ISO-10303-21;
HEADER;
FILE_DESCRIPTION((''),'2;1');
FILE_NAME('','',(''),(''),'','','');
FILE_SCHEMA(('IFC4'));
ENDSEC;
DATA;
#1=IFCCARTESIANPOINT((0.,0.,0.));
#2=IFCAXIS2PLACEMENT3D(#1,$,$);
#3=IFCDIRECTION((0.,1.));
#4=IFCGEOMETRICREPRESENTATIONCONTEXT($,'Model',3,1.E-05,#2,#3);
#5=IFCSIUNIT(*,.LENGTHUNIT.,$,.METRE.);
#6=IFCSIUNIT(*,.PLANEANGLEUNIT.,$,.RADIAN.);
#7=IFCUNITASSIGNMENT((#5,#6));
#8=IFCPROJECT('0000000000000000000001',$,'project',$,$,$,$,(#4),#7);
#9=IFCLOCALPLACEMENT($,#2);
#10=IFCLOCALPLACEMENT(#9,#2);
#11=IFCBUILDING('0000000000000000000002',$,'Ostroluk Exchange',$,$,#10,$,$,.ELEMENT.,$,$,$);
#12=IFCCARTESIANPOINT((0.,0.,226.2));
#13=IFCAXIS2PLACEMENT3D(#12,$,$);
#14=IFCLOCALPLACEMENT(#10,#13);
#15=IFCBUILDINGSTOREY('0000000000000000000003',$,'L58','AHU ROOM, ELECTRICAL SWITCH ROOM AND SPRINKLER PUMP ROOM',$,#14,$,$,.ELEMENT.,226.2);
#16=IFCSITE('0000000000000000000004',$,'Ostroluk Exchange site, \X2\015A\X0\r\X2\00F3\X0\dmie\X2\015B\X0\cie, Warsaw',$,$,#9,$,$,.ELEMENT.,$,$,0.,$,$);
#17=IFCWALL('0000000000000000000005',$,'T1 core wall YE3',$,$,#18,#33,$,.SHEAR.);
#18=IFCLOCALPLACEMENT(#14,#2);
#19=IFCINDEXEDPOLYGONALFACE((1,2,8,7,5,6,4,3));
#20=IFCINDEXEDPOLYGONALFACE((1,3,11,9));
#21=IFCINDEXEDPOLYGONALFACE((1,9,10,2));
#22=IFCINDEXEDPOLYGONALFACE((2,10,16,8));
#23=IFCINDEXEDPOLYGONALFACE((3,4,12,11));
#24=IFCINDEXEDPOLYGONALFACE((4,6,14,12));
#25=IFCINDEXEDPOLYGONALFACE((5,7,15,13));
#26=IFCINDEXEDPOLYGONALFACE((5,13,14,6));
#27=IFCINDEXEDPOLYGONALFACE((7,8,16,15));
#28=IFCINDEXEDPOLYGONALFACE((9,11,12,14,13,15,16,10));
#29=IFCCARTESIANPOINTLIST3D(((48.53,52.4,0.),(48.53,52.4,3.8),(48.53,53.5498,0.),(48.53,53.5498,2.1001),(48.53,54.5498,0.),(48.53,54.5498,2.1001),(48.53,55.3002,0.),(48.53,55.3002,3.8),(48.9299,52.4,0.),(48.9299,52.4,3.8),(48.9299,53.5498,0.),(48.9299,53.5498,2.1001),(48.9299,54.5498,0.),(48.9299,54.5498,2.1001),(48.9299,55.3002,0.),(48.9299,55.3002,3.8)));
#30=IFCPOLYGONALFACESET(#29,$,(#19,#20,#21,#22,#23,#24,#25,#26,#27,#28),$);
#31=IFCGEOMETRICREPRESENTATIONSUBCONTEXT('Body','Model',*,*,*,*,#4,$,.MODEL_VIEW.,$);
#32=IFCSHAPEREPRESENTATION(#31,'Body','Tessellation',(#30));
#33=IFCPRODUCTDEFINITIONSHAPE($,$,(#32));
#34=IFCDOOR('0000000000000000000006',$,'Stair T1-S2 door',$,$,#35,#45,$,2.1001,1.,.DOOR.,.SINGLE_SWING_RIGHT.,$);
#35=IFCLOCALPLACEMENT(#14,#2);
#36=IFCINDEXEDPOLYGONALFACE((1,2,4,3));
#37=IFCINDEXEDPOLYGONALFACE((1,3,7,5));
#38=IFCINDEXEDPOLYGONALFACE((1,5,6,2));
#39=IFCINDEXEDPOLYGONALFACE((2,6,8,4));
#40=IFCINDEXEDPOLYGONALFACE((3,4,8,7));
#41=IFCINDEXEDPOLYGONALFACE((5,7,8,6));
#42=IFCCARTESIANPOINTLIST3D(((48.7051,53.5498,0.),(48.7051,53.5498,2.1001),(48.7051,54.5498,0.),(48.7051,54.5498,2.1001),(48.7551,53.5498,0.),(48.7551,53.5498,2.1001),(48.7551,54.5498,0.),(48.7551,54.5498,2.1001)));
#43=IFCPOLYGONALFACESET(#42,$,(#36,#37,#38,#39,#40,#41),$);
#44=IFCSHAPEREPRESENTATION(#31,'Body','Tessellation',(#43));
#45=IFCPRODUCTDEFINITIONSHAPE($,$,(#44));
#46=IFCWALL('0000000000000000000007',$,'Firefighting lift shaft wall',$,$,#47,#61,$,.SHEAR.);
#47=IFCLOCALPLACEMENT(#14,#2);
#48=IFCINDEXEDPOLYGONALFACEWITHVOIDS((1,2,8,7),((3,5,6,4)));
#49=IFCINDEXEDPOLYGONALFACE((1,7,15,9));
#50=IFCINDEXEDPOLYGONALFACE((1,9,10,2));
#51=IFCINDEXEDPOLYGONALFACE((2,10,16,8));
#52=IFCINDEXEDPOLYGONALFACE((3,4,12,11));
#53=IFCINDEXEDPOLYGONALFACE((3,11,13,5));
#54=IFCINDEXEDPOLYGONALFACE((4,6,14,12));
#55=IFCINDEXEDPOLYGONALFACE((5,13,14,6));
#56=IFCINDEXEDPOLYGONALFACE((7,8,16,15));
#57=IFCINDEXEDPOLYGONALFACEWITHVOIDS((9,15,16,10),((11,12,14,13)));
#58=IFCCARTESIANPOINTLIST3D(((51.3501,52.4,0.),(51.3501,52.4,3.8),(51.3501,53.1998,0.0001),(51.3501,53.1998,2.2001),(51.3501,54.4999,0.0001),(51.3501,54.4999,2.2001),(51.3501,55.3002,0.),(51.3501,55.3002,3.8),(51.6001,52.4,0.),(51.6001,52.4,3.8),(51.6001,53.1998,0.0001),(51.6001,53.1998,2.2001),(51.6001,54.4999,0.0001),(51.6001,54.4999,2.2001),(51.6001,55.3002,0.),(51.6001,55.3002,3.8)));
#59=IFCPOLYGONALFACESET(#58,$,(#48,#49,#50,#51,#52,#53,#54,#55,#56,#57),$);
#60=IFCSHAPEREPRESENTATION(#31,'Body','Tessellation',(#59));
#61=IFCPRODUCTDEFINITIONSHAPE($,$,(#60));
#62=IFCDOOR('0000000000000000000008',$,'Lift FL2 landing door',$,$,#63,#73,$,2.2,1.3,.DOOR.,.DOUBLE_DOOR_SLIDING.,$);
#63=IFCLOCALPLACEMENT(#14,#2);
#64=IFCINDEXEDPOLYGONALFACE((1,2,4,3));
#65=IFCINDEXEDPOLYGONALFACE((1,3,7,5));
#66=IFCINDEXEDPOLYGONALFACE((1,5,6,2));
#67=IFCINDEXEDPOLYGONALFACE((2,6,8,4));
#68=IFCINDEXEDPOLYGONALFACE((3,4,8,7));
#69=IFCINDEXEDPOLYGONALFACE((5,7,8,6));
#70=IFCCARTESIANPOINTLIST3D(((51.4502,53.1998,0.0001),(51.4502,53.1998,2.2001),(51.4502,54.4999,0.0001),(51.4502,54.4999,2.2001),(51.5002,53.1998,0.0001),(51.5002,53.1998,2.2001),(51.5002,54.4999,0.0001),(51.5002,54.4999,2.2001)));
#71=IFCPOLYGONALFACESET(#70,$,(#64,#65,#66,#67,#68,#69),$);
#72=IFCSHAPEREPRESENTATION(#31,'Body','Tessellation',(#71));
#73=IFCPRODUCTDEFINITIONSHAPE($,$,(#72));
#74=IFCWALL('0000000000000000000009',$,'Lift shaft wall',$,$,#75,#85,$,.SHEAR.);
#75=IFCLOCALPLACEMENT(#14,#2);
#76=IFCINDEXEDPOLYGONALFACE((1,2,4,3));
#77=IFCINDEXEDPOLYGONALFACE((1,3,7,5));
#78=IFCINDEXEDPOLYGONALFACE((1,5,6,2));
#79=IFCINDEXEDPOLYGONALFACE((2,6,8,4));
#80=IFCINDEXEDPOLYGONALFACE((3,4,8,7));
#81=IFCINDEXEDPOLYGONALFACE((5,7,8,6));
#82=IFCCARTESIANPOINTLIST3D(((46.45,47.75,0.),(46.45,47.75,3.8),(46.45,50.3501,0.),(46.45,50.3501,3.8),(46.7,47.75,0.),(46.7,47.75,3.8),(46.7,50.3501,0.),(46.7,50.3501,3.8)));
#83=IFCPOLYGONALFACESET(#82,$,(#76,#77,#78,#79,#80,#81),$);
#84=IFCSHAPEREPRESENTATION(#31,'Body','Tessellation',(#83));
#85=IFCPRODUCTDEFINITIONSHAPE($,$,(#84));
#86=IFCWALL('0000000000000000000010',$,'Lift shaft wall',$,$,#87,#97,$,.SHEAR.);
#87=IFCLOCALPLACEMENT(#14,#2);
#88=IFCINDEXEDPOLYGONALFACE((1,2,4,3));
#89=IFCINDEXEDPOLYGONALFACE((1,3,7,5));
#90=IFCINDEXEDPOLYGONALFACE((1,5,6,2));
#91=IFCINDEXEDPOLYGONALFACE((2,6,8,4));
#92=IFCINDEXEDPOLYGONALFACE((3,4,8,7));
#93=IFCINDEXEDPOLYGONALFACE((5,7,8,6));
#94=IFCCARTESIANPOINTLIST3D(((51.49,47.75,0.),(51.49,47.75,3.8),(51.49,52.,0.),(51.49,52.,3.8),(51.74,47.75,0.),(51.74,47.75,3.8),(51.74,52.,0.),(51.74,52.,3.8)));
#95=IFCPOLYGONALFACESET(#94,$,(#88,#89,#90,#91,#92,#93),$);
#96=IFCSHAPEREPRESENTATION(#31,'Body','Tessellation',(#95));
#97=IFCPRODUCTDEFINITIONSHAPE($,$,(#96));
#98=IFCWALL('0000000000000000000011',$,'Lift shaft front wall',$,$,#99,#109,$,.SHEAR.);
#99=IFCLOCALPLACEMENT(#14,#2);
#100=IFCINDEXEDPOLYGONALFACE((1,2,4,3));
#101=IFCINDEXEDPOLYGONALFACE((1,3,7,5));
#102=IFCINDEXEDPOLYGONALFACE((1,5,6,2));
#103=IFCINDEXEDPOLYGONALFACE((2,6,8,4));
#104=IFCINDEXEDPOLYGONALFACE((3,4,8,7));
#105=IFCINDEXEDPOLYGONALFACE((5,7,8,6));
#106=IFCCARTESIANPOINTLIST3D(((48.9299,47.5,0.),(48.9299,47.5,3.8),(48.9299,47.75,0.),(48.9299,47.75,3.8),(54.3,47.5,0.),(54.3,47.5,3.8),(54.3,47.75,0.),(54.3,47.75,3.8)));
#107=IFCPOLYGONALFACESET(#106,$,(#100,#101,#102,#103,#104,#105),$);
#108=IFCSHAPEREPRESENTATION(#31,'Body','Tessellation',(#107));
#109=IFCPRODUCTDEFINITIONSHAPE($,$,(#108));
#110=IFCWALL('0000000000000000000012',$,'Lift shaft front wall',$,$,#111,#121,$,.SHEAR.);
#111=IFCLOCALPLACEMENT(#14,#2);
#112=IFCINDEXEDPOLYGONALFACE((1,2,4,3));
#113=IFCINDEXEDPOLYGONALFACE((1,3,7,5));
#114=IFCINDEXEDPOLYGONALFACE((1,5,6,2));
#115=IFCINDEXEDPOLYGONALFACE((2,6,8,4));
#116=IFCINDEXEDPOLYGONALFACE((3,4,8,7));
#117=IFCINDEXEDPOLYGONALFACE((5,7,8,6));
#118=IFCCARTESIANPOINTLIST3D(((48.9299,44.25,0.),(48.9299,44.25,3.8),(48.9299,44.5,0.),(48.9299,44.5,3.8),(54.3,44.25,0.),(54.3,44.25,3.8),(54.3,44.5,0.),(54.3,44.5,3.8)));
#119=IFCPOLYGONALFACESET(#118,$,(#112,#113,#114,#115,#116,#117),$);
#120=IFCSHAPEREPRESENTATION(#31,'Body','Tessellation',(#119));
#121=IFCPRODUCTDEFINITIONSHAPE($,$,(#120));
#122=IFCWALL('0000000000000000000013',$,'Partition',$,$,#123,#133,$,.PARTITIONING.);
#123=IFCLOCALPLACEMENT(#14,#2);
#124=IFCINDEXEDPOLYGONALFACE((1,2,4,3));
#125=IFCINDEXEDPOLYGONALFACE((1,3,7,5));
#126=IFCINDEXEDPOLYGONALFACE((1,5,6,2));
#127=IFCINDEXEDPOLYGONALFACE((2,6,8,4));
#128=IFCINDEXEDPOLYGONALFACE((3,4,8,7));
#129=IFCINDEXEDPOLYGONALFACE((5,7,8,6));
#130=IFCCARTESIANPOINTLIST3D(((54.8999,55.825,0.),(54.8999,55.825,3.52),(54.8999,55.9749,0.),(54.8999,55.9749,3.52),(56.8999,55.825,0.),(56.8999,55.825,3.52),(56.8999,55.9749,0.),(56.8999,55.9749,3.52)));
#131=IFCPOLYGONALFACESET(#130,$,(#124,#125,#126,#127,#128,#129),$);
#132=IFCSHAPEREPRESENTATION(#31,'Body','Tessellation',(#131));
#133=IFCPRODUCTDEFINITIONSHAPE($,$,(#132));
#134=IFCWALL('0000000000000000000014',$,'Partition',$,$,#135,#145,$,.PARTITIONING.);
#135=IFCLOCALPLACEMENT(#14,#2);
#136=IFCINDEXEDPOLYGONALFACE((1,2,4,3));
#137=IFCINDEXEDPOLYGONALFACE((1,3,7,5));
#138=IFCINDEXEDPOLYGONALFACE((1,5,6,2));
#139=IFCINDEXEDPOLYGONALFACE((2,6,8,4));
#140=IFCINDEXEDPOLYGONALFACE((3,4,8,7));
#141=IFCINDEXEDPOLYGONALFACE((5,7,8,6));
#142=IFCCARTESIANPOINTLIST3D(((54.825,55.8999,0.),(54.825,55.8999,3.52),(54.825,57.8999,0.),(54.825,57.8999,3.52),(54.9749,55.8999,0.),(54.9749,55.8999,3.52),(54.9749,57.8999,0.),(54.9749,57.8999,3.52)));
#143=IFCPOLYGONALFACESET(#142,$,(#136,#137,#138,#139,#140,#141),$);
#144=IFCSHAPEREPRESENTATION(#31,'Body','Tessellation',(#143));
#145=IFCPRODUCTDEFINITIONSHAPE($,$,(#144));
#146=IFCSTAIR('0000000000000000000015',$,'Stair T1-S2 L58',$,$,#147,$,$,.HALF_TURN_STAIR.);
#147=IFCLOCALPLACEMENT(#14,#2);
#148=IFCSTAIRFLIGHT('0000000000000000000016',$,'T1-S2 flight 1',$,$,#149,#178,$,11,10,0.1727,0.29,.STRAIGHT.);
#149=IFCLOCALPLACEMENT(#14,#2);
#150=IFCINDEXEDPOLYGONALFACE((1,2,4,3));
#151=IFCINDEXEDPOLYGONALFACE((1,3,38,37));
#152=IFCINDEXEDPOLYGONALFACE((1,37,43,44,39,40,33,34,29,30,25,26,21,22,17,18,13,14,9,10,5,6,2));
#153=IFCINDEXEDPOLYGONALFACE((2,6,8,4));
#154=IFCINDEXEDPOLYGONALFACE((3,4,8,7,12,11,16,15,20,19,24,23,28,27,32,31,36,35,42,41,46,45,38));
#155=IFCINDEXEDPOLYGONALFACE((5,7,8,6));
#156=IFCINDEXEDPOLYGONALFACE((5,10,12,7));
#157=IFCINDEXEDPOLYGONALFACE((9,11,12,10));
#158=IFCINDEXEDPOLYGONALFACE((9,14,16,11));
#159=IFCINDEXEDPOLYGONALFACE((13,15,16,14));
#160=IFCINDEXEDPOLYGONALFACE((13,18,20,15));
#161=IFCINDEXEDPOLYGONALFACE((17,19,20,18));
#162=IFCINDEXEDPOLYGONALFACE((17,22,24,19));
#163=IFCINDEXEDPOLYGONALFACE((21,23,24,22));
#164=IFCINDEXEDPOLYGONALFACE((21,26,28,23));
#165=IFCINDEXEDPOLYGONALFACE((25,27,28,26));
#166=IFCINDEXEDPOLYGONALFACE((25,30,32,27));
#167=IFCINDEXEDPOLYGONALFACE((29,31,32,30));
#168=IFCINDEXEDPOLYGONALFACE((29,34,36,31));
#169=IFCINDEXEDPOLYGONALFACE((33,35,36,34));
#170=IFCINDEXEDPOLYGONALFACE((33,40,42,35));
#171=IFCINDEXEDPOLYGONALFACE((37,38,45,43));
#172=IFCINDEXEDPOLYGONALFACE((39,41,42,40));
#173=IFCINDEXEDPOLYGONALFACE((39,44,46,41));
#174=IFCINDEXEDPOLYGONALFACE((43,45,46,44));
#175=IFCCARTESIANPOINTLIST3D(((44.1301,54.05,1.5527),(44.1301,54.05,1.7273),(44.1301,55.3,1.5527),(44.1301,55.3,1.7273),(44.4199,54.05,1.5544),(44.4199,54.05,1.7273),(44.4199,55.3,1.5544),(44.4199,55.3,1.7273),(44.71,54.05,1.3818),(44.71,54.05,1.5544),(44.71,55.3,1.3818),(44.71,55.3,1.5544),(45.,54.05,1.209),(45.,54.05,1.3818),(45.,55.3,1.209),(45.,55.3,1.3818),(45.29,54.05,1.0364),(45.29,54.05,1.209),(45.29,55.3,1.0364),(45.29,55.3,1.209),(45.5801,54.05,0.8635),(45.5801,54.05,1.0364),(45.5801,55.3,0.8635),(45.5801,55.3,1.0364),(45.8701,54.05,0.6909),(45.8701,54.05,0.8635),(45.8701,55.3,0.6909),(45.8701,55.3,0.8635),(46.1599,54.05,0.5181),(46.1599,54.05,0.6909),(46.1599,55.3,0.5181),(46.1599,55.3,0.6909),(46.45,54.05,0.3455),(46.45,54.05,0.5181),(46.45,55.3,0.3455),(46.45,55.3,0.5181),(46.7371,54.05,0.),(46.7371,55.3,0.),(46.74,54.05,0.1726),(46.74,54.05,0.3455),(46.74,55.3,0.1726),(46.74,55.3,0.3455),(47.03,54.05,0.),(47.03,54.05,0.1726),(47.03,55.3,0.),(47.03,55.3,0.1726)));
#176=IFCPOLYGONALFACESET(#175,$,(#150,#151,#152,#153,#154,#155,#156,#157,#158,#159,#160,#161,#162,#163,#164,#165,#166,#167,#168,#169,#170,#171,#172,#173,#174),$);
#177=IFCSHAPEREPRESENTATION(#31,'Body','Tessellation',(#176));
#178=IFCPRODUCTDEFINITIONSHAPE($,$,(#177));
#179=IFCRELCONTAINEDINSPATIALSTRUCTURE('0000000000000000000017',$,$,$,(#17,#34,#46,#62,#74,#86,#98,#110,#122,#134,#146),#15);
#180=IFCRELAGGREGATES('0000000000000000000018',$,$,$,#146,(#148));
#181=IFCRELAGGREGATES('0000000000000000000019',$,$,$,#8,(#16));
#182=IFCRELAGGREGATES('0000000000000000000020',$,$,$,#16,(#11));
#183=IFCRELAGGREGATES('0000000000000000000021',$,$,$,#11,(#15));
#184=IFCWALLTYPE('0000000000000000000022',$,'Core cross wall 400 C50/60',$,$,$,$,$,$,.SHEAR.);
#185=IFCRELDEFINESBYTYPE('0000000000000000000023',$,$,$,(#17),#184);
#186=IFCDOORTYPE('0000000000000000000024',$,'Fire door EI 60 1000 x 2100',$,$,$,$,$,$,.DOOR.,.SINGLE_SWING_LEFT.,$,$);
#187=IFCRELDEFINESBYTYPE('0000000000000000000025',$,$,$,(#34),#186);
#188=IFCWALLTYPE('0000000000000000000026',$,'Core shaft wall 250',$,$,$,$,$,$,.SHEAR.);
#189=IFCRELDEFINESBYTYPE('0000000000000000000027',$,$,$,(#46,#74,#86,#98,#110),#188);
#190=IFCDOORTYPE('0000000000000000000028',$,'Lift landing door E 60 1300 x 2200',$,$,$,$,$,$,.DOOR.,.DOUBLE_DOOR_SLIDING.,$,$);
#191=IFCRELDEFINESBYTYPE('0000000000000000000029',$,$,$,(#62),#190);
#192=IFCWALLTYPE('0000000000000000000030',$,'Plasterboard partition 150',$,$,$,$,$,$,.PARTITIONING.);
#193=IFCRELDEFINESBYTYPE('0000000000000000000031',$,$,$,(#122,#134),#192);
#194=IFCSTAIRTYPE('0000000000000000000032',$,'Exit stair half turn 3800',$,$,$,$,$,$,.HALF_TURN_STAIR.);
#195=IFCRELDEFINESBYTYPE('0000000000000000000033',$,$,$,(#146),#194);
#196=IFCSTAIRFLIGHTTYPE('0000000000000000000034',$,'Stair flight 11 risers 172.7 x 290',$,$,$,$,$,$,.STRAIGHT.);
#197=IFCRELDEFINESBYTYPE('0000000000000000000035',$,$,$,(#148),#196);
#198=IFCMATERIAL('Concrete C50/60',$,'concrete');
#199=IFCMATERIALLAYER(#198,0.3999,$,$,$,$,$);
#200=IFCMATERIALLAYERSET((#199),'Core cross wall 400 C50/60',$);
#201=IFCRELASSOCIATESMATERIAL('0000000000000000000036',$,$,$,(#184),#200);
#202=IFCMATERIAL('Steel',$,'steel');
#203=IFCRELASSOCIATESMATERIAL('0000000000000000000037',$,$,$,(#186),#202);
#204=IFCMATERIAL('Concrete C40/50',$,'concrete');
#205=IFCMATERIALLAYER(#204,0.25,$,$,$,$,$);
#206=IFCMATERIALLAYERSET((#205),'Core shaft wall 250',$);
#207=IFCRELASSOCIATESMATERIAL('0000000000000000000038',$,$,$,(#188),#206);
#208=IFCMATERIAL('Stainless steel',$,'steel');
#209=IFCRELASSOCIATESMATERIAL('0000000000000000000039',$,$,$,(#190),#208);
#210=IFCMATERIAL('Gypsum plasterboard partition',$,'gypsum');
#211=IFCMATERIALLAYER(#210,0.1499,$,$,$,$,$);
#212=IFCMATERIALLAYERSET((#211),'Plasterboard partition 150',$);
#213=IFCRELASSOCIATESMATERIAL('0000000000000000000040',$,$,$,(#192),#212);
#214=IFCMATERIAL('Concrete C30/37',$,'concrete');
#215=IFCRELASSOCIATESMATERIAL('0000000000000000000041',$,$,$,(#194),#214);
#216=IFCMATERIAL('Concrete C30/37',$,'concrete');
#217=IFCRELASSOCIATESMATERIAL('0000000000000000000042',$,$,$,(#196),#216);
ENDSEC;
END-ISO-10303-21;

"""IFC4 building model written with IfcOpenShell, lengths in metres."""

from ifc_helpers import new_model, si_unit, direction, frame, frame_2d, origin, place, context, subcontext, project, spatial, polyline, rectangle, outline, extrude, material, layer, layer_set, type_object, element, fill, aggregate, save


model = new_model("IFC4")

# Units and contexts
model_context = context("Model", 3, precision=1e-05, world=origin(), true_north=direction((0.0, 1.0)))
body_context = subcontext(model_context, "Body", "Model", "MODEL_VIEW")
ifc_project = project(units=[si_unit("LENGTHUNIT", "METRE"), si_unit("PLANEANGLEUNIT", "RADIAN")], contexts=[model_context])

# Site, building, storey
site_placement = place(None, origin())
site = spatial("IfcSite", under=ifc_project, at=site_placement, Name="Ostroluk Exchange site, Śródmieście, Warsaw", CompositionType="ELEMENT", RefElevation=0.0)
building_placement = place(site_placement, origin())
building = spatial("IfcBuilding", under=site, at=building_placement, Name="Ostroluk Exchange", CompositionType="ELEMENT")
storey_placement = place(building_placement, frame((0.0, 0.0, 226.2)))
storey = spatial("IfcBuildingStorey", under=building, at=storey_placement, Name="L58", Description="AHU ROOM, ELECTRICAL SWITCH ROOM AND SPRINKLER PUMP ROOM", CompositionType="ELEMENT", Elevation=226.2)

# Walls, openings, doors
ifc_material_1 = material(Name="Concrete C50/60", Category="concrete")
ifc_layer_1 = layer(ifc_material_1, 0.3999)
ifc_layer_set_1 = layer_set([ifc_layer_1], Name="Core cross wall 400 C50/60")
wall_type_1 = type_object("IfcWallType", Name="Core cross wall 400 C50/60", PredefinedType="SHEAR", material=ifc_layer_set_1)
wall_1_placement = place(storey_placement, frame((48.73, 52.3999, 0.0), z_axis=(0.0, 0.0, 1.0), x_axis=(0.0, 1.0, 0.0)))
wall_1 = element("IfcWall", 1, at=wall_1_placement, inside=storey, type_object=wall_type_1, Name="T1 core wall YE3", PredefinedType="SHEAR", context=body_context, shape_type="SweptSolid", body=[
    extrude(rectangle(XDim=2.9001, YDim=0.3999, at=frame_2d((1.4502, 0.0))), origin(), (0.0, 0.0, 1.0), 3.8),
])
opening_1_placement = place(wall_1_placement, frame((1.1499, 0.0, 0.0)))
opening_1 = element("IfcOpeningElement", 2, at=opening_1_placement, cuts=wall_1, PredefinedType="OPENING", context=body_context, shape_type="SweptSolid", body=[
    extrude(rectangle(XDim=1.0, YDim=2.1001, at=frame_2d((0.5, 1.05))), frame((0.0, 0.21, 0.0), z_axis=(0.0, -1.0, 0.0), x_axis=(1.0, 0.0, 0.0)), (0.0, 0.0, 1.0), 0.4199),
])
ifc_material_2 = material(Name="Steel", Category="steel")
door_type_1 = type_object("IfcDoorType", Name="Fire door EI 60 1000 x 2100", OperationType="SINGLE_SWING_LEFT", PredefinedType="DOOR", material=ifc_material_2)
door_1_placement = place(opening_1_placement, origin())
door_1 = element("IfcDoor", 3, at=door_1_placement, inside=storey, type_object=door_type_1, Name="Stair T1-S2 door", OperationType="SINGLE_SWING_RIGHT", OverallHeight=2.1001, OverallWidth=1.0, PredefinedType="DOOR", context=body_context, shape_type="SweptSolid", body=[
    extrude(rectangle(XDim=1.0, YDim=2.1001, at=frame_2d((0.5, 1.05))), frame((0.0, 0.0249, 0.0), z_axis=(0.0, -1.0, 0.0), x_axis=(1.0, 0.0, 0.0)), (0.0, 0.0, 1.0), 0.05),
])
fill(opening_1, door_1)
ifc_material_3 = material(Name="Concrete C40/50", Category="concrete")
ifc_layer_2 = layer(ifc_material_3, 0.25)
ifc_layer_set_2 = layer_set([ifc_layer_2], Name="Core shaft wall 250")
wall_type_2 = type_object("IfcWallType", Name="Core shaft wall 250", PredefinedType="SHEAR", material=ifc_layer_set_2)
wall_2_placement = place(storey_placement, frame((51.4751, 52.3999, 0.0), z_axis=(0.0, 0.0, 1.0), x_axis=(0.0, 1.0, 0.0)))
wall_2 = element("IfcWall", 4, at=wall_2_placement, inside=storey, type_object=wall_type_2, Name="Firefighting lift shaft wall", PredefinedType="SHEAR", context=body_context, shape_type="SweptSolid", body=[
    extrude(rectangle(XDim=2.9001, YDim=0.25, at=frame_2d((1.4502, 0.0))), origin(), (0.0, 0.0, 1.0), 3.8),
])
opening_2_placement = place(wall_2_placement, frame((0.8, 0.0, 0.0)))
opening_2 = element("IfcOpeningElement", 5, at=opening_2_placement, cuts=wall_2, PredefinedType="OPENING", context=body_context, shape_type="SweptSolid", body=[
    extrude(rectangle(XDim=1.3, YDim=2.2, at=frame_2d((0.6499, 1.1001))), frame((0.0, 0.135, 0.0), z_axis=(0.0, -1.0, 0.0), x_axis=(1.0, 0.0, 0.0)), (0.0, 0.0, 1.0), 0.27),
])
ifc_material_4 = material(Name="Stainless steel", Category="steel")
door_type_2 = type_object("IfcDoorType", Name="Lift landing door E 60 1300 x 2200", OperationType="DOUBLE_DOOR_SLIDING", PredefinedType="DOOR", material=ifc_material_4)
door_2_placement = place(opening_2_placement, origin())
door_2 = element("IfcDoor", 6, at=door_2_placement, inside=storey, type_object=door_type_2, Name="Lift FL2 landing door", OperationType="DOUBLE_DOOR_SLIDING", OverallHeight=2.2, OverallWidth=1.3, PredefinedType="DOOR", context=body_context, shape_type="SweptSolid", body=[
    extrude(rectangle(XDim=1.3, YDim=2.2, at=frame_2d((0.6499, 1.1001))), frame((0.0, 0.0249, 0.0), z_axis=(0.0, -1.0, 0.0), x_axis=(1.0, 0.0, 0.0)), (0.0, 0.0, 1.0), 0.05),
])
fill(opening_2, door_2)

# Walls
wall_3_placement = place(storey_placement, frame((46.575, 47.75, 0.0), z_axis=(0.0, 0.0, 1.0), x_axis=(0.0, 1.0, 0.0)))
element("IfcWall", 7, at=wall_3_placement, inside=storey, type_object=wall_type_2, Name="Lift shaft wall", PredefinedType="SHEAR", context=body_context, shape_type="SweptSolid", body=[
    extrude(rectangle(XDim=2.6001, YDim=0.25, at=frame_2d((1.3, 0.0))), origin(), (0.0, 0.0, 1.0), 3.8),
])
wall_4_placement = place(storey_placement, frame((51.615, 47.75, 0.0), z_axis=(0.0, 0.0, 1.0), x_axis=(0.0, 1.0, 0.0)))
element("IfcWall", 8, at=wall_4_placement, inside=storey, type_object=wall_type_2, Name="Lift shaft wall", PredefinedType="SHEAR", context=body_context, shape_type="SweptSolid", body=[
    extrude(rectangle(XDim=4.25, YDim=0.25, at=frame_2d((2.125, 0.0))), origin(), (0.0, 0.0, 1.0), 3.8),
])
for number, where, z_axis, x_axis, name in (
    (9, (48.9299, 47.625, 0.0), (0.0, 0.0, 1.0), (1.0, 0.0, 0.0), "Lift shaft front wall"),
    (10, (48.9299, 44.375, 0.0), (0.0, 0.0, 1.0), (1.0, 0.0, 0.0), "Lift shaft front wall"),
):
    element("IfcWall", number, at=place(storey_placement, frame(where, z_axis=z_axis, x_axis=x_axis)), inside=storey, type_object=wall_type_2, Name=name, PredefinedType="SHEAR", context=body_context, shape_type="SweptSolid", body=[
        extrude(rectangle(XDim=5.3701, YDim=0.25, at=frame_2d((2.6851, 0.0))), origin(), (0.0, 0.0, 1.0), 3.8),
    ])
ifc_material_5 = material(Name="Gypsum plasterboard partition", Category="gypsum")
ifc_layer_3 = layer(ifc_material_5, 0.1499)
ifc_layer_set_3 = layer_set([ifc_layer_3], Name="Plasterboard partition 150")
wall_type_3 = type_object("IfcWallType", Name="Plasterboard partition 150", PredefinedType="PARTITIONING", material=ifc_layer_set_3)
for number, where, z_axis, x_axis, name in (
    (11, (54.8999, 55.8999, 0.0), (0.0, 0.0, 1.0), (1.0, 0.0, 0.0), "Partition"),
    (12, (54.8999, 55.8999, 0.0), (0.0, 0.0, 1.0), (0.0, 1.0, 0.0), "Partition"),
):
    element("IfcWall", number, at=place(storey_placement, frame(where, z_axis=z_axis, x_axis=x_axis)), inside=storey, type_object=wall_type_3, Name=name, PredefinedType="PARTITIONING", context=body_context, shape_type="SweptSolid", body=[
        extrude(rectangle(XDim=2.0, YDim=0.1499, at=frame_2d((1.0, 0.0))), origin(), (0.0, 0.0, 1.0), 3.52),
    ])

# Stair, stair flight
ifc_material_6 = material(Name="Concrete C30/37", Category="concrete")
stair_type = type_object("IfcStairType", Name="Exit stair half turn 3800", PredefinedType="HALF_TURN_STAIR", material=ifc_material_6)
stair_placement = place(storey_placement, origin())
stair = element("IfcStair", 13, at=stair_placement, inside=storey, type_object=stair_type, Name="Stair T1-S2 L58", PredefinedType="HALF_TURN_STAIR")
ifc_material_7 = material(Name="Concrete C30/37", Category="concrete")
stair_flight_type = type_object("IfcStairFlightType", Name="Stair flight 11 risers 172.7 x 290", PredefinedType="STRAIGHT", material=ifc_material_7)
stair_flight_placement = place(storey_placement, frame((47.03, 54.675, 0.0), z_axis=(0.0, 0.0, 1.0), x_axis=(-1.0, 0.0, 0.0)))
stair_flight = element("IfcStairFlight", 14, at=stair_flight_placement, type_object=stair_flight_type, Name="T1-S2 flight 1", NumberOfRisers=11, NumberOfTreads=10, PredefinedType="STRAIGHT", RiserHeight=0.1727, TreadLength=0.29, context=body_context, shape_type="SweptSolid", body=[
    extrude(outline(polyline([(0.0, 0.0), (0.0, 0.1726), (0.29, 0.1726), (0.29, 0.3455), (0.5801, 0.3455), (0.5801, 0.5181), (0.8701, 0.5181), (0.8701, 0.6909), (1.1599, 0.6909), (1.1599, 0.8635), (1.45, 0.8635), (1.45, 1.0364), (1.74, 1.0364), (1.74, 1.209), (2.03, 1.209), (2.03, 1.3818), (2.3201, 1.3818), (2.3201, 1.5544), (2.6101, 1.5544), (2.6101, 1.7273), (2.8999, 1.7273), (2.8999, 1.8999), (2.8999, 1.5527), (0.293, 0.0), (0.0, 0.0)])), frame((0.0, 0.625, 0.0), z_axis=(0.0, -1.0, 0.0), x_axis=(1.0, 0.0, 0.0)), (0.0, 0.0, 1.0), 1.25),
])
aggregate(stair, [stair_flight])

save(model, "model.ifc")
